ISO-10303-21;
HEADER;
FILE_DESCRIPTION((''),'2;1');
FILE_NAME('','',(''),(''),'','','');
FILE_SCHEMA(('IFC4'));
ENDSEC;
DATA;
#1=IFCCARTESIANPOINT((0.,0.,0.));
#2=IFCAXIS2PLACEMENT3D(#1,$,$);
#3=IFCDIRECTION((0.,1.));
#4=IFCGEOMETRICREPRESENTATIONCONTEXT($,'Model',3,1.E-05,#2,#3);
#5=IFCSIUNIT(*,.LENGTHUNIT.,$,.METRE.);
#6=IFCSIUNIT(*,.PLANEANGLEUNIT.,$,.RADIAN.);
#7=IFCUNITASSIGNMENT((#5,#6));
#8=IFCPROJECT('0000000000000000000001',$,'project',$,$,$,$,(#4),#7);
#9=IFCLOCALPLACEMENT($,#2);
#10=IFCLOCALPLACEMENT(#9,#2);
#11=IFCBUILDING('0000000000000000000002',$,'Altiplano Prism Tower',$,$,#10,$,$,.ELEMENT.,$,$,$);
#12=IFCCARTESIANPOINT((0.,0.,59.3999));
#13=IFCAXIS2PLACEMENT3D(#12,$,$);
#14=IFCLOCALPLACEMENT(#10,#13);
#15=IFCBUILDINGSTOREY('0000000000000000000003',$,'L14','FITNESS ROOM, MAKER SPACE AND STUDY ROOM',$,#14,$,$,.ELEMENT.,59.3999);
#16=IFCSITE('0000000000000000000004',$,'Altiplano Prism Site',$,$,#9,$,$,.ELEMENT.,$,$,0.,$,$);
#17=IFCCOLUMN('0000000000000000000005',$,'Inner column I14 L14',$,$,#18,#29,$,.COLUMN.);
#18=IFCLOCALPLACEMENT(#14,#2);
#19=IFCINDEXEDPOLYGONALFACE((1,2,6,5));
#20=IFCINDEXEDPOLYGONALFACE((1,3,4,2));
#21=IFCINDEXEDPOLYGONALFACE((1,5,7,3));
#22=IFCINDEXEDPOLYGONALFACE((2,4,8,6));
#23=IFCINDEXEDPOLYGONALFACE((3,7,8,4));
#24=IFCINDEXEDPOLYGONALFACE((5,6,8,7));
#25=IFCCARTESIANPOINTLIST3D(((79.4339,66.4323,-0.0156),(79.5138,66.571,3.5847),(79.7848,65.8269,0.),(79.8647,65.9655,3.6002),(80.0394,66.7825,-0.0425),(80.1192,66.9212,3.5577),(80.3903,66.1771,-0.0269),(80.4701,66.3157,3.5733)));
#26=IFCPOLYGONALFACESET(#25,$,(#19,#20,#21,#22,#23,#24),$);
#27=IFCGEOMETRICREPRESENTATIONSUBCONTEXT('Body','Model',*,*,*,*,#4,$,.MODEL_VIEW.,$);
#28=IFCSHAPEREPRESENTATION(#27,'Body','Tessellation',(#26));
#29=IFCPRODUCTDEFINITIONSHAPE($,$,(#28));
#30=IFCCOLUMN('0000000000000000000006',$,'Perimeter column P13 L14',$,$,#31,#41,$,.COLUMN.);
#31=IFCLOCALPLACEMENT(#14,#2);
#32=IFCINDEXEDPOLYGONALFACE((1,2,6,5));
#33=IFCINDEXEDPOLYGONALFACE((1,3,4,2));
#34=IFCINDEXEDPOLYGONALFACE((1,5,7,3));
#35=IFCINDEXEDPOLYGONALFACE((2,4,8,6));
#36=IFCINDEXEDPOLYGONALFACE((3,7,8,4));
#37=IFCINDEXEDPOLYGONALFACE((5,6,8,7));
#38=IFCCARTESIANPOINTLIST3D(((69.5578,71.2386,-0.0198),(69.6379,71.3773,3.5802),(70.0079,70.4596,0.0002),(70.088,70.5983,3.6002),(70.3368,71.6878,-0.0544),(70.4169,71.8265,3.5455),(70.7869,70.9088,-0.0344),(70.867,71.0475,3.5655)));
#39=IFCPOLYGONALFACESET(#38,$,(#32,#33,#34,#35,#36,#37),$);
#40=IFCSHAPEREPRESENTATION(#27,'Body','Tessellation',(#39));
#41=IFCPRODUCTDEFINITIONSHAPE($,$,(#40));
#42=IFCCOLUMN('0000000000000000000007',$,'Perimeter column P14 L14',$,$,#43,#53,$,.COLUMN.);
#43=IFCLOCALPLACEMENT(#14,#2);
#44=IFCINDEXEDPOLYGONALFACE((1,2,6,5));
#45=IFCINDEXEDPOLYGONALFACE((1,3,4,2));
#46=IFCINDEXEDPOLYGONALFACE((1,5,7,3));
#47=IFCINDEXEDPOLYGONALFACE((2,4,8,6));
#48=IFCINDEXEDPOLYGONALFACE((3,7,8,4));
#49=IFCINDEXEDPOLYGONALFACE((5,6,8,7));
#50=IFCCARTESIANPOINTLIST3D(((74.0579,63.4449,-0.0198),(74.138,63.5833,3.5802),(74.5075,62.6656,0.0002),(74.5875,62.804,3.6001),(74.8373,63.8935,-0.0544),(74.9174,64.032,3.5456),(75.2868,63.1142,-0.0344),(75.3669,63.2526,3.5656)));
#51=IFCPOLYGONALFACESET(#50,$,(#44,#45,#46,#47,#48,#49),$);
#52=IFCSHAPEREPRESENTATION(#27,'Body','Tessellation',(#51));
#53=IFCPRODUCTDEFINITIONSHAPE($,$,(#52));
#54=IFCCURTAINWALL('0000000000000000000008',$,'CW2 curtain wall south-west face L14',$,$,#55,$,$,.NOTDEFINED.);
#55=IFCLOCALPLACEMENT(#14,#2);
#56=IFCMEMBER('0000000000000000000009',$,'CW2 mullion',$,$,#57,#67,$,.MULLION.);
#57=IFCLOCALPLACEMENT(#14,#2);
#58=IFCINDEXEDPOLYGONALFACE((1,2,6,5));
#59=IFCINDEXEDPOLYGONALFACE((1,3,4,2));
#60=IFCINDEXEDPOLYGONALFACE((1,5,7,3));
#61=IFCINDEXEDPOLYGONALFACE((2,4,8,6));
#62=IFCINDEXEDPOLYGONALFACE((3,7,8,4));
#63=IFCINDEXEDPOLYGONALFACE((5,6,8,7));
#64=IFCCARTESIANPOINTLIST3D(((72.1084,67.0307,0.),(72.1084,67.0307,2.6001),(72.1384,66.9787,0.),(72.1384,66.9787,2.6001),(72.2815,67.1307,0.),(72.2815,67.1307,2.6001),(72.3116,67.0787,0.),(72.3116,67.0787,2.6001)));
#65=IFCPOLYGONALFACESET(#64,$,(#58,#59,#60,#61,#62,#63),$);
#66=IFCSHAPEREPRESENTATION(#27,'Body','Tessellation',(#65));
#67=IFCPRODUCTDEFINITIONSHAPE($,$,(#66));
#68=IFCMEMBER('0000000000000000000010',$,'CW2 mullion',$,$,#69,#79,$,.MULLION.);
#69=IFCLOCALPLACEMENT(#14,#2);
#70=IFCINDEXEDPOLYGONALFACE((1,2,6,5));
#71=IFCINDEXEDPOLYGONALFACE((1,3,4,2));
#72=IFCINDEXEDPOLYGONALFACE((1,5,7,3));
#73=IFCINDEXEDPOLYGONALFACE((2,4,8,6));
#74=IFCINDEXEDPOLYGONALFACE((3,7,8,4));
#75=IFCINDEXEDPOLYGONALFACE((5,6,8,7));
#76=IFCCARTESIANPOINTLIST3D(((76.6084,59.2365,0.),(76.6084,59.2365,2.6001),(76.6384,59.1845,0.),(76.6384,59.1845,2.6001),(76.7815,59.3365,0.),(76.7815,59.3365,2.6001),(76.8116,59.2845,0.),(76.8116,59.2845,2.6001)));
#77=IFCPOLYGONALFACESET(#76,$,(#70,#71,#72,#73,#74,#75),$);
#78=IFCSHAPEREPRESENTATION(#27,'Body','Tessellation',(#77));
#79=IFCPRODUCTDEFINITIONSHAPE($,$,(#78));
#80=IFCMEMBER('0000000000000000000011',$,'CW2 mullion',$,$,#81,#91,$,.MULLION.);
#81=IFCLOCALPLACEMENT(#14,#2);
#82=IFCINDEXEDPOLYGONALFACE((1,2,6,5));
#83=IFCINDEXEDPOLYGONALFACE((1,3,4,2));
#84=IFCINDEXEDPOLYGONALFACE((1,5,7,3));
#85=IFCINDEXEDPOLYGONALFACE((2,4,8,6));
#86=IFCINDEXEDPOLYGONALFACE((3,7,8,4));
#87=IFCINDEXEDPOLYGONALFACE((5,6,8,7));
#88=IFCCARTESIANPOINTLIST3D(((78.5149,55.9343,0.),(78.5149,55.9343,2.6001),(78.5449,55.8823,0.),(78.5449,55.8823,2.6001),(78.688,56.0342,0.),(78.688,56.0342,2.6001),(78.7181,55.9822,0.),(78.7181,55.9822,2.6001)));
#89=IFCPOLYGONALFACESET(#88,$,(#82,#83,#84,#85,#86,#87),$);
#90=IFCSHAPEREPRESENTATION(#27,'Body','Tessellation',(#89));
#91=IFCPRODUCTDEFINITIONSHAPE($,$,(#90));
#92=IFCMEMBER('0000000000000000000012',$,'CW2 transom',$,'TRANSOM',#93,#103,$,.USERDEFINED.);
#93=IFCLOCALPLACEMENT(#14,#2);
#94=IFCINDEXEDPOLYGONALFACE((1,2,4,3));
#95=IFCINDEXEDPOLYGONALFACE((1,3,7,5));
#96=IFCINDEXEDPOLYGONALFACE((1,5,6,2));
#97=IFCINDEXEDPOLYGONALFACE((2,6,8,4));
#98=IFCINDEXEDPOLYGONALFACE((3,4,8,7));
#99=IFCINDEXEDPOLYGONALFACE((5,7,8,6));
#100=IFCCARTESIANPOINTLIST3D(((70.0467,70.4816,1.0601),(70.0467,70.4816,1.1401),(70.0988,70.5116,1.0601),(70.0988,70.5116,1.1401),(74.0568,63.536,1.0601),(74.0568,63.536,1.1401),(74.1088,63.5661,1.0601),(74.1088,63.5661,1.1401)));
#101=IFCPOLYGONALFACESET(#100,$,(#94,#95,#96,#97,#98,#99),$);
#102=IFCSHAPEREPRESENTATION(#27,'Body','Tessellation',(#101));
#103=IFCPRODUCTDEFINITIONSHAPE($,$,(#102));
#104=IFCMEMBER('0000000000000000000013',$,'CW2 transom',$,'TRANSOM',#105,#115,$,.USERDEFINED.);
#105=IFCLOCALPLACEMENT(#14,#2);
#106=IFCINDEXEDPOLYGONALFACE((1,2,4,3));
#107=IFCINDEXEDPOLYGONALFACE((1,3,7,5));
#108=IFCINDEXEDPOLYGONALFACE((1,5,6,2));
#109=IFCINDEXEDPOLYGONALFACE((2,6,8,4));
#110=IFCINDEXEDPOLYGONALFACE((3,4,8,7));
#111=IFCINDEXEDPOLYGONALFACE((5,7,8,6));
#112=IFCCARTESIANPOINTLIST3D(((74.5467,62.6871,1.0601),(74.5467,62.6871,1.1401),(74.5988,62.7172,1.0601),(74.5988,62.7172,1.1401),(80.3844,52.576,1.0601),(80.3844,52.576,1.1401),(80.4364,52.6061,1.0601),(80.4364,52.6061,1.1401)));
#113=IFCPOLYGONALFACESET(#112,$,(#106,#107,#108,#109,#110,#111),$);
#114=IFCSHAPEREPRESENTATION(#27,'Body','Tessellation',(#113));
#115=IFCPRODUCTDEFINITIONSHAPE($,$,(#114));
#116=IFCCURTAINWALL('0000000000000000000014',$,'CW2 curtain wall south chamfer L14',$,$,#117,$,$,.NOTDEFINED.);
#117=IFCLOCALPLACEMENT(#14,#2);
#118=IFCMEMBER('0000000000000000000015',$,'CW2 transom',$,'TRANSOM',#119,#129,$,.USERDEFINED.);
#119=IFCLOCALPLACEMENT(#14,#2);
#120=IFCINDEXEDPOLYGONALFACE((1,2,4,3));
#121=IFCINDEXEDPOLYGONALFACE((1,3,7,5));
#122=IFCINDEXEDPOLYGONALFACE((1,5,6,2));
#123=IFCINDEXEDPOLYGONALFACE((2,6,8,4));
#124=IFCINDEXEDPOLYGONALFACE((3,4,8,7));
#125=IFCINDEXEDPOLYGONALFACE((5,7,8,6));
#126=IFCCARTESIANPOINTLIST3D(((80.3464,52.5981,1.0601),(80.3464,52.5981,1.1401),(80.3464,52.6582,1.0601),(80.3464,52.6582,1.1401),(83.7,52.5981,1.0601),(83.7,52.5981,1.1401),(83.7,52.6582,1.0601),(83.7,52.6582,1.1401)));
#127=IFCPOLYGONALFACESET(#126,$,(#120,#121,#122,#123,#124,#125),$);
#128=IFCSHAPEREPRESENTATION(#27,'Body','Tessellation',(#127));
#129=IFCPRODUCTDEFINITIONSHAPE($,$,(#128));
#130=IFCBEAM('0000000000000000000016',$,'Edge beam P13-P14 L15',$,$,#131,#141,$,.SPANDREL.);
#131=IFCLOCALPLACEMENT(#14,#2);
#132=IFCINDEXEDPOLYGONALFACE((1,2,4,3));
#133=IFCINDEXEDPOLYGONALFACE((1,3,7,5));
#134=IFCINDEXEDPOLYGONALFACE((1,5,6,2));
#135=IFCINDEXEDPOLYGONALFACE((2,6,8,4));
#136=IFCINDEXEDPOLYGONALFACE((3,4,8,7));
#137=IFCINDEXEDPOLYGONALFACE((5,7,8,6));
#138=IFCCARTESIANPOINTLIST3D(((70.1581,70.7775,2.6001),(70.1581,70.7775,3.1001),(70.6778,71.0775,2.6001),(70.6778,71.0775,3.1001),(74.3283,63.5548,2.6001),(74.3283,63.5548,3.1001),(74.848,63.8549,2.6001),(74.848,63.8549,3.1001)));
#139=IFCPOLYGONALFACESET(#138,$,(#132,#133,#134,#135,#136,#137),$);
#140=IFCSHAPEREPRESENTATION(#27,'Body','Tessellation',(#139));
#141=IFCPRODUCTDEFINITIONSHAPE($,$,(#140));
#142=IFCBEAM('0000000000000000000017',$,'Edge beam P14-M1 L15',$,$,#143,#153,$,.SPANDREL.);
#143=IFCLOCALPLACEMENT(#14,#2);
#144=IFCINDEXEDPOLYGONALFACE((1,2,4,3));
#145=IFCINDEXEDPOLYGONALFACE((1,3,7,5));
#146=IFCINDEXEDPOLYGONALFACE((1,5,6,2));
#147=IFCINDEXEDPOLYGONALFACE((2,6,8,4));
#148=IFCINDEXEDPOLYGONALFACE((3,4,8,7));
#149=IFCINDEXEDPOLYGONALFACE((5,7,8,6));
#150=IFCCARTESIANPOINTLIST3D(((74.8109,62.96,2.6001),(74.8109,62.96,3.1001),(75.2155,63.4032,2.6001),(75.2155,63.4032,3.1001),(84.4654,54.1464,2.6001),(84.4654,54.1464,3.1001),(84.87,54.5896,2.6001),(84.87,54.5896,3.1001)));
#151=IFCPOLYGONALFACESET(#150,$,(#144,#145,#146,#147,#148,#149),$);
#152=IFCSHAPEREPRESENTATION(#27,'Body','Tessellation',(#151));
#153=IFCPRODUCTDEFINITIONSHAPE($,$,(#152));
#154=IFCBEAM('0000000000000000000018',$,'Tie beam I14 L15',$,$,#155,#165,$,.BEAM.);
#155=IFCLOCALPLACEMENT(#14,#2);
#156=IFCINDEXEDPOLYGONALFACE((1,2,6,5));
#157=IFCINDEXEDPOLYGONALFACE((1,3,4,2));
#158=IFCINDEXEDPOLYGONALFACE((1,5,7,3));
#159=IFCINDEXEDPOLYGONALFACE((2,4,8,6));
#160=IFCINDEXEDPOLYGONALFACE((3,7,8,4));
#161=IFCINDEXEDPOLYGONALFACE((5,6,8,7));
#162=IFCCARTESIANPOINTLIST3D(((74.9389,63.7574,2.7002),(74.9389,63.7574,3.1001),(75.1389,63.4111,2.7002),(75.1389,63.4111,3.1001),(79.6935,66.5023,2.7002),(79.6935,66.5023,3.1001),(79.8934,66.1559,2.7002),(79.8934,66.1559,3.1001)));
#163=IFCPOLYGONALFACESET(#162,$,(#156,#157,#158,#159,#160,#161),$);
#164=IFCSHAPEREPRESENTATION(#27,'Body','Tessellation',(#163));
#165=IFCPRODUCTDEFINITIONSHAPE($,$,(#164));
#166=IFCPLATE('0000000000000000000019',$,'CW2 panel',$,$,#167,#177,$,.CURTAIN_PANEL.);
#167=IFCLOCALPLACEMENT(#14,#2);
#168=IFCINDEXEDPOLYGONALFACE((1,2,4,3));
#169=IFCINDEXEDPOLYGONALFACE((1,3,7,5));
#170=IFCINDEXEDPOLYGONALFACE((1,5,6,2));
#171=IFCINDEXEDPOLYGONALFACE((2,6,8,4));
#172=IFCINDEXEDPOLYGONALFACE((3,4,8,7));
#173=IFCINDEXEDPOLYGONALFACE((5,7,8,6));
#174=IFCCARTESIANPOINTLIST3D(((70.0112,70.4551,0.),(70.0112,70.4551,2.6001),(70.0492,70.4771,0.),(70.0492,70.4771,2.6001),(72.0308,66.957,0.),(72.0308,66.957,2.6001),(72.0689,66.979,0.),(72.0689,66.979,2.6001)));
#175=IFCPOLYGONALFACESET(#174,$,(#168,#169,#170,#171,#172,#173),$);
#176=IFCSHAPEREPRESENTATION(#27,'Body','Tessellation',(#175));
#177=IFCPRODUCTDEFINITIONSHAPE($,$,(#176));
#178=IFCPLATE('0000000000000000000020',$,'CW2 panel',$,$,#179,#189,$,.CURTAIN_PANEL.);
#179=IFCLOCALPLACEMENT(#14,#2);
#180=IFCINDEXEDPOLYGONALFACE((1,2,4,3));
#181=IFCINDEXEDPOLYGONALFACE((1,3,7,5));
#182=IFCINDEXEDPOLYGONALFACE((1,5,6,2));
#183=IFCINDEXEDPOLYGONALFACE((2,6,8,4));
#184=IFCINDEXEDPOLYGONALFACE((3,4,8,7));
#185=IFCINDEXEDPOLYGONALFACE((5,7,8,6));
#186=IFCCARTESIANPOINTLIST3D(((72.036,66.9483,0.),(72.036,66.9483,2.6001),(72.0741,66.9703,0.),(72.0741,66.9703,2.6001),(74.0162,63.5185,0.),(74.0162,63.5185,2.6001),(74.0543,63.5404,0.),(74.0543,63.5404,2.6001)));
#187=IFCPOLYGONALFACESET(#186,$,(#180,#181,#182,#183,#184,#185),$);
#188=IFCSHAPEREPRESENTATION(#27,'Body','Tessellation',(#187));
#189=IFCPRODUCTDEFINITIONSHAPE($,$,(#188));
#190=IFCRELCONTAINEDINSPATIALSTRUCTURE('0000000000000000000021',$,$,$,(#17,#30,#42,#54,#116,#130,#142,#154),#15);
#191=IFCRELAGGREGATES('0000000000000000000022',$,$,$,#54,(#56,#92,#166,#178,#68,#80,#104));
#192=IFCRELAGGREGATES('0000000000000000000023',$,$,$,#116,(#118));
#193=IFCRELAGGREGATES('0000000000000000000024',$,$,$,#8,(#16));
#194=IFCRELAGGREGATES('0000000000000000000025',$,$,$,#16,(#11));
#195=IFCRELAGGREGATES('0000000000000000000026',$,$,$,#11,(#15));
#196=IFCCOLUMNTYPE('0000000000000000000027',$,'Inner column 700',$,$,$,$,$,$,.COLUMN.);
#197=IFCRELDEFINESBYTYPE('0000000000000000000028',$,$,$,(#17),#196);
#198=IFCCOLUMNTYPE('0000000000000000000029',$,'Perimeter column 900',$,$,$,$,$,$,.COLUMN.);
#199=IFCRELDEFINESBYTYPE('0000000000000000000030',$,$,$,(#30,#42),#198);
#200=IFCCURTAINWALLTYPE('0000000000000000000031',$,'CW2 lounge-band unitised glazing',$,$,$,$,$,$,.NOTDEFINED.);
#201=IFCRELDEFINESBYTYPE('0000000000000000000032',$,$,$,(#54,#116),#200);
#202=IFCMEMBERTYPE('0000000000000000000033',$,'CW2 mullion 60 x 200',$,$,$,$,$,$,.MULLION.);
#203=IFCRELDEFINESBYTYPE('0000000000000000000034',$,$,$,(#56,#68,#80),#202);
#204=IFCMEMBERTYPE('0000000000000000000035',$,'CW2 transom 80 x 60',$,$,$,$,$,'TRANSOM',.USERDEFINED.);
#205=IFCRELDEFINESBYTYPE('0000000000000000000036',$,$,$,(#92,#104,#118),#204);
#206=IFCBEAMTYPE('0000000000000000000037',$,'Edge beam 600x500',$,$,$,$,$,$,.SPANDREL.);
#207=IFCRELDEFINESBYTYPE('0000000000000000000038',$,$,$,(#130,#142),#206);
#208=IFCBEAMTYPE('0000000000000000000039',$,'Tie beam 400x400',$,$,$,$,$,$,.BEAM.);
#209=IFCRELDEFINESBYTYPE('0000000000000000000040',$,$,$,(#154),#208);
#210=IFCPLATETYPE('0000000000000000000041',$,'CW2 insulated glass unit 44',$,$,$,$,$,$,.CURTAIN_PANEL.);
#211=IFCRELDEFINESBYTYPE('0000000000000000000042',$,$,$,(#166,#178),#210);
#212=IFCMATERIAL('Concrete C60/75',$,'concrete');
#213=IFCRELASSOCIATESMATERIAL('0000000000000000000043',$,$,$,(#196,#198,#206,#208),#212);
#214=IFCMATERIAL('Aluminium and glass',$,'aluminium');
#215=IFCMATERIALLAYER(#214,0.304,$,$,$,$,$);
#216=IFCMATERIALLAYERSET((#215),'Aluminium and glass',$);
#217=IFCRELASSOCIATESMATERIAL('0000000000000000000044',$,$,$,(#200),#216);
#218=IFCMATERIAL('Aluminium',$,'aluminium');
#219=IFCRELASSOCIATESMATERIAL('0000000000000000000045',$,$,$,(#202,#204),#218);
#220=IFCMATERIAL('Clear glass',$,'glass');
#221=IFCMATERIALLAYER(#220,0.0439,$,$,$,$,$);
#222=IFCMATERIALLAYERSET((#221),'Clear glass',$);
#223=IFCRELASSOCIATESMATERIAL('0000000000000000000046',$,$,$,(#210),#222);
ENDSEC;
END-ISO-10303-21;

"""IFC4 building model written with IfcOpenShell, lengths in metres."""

from ifc_helpers import new_model, si_unit, direction, frame, origin, origin_2d, place, context, subcontext, project, spatial, rectangle, extrude, material, layer, layer_set, material_profile, profile_set, type_object, element, aggregate, save


model = new_model("IFC4")

# Units and contexts
model_context = context("Model", 3, precision=1e-05, world=origin(), true_north=direction((0.0, 1.0)))
body_context = subcontext(model_context, "Body", "Model", "MODEL_VIEW")
ifc_project = project(units=[si_unit("LENGTHUNIT", "METRE"), si_unit("PLANEANGLEUNIT", "RADIAN")], contexts=[model_context])

# Site, building, storey
site_placement = place(None, origin())
site = spatial("IfcSite", under=ifc_project, at=site_placement, Name="Altiplano Prism Site", CompositionType="ELEMENT", RefElevation=0.0)
building_placement = place(site_placement, origin())
building = spatial("IfcBuilding", under=site, at=building_placement, Name="Altiplano Prism Tower", CompositionType="ELEMENT")
storey_placement = place(building_placement, frame((0.0, 0.0, 59.3999)))
storey = spatial("IfcBuildingStorey", under=building, at=storey_placement, Name="L14", Description="FITNESS ROOM, MAKER SPACE AND STUDY ROOM", CompositionType="ELEMENT", Elevation=59.3999)

# Columns
ifc_material_1 = material(Name="Concrete C60/75", Category="concrete")
ifc_material_profile_1 = material_profile(ifc_material_1, rectangle(XDim=0.7, YDim=0.7, at=origin_2d()), Name="Inner column 700")
ifc_profile_set_1 = profile_set([ifc_material_profile_1], Name="Concrete C60/75")
column_type_1 = type_object("IfcColumnType", Name="Inner column 700", PredefinedType="COLUMN", material=ifc_profile_set_1)
column_placement = place(storey_placement, frame((79.9121, 66.3047, -0.0212), z_axis=(0.022154, 0.038481, 0.999014), x_axis=(-0.864978, -0.500334, 0.038454)))
element("IfcColumn", 1, at=column_placement, inside=storey, type_object=column_type_1, Name="Inner column I14 L14", PredefinedType="COLUMN", context=body_context, shape_type="SweptSolid", body=[
    extrude(rectangle(XDim=0.7, YDim=0.7, at=origin_2d()), origin(), (0.0, 0.0, 1.0), 3.6038),
])
ifc_material_profile_2 = material_profile(ifc_material_1, rectangle(XDim=0.8999, YDim=0.8999, at=origin_2d()), Name="Perimeter column 900")
ifc_profile_set_2 = profile_set([ifc_material_profile_2], Name="Concrete C60/75")
column_type_2 = type_object("IfcColumnType", Name="Perimeter column 900", PredefinedType="COLUMN", material=ifc_profile_set_2)
for number, where, z_axis, x_axis, name in (
    (2, (70.1724, 71.0737, -0.0271), (0.022223, 0.038483, 0.999012), (-0.865639, -0.499187, 0.038485), "Perimeter column P13 L14"),
    (3, (74.6724, 63.2795, -0.0271), (0.022223, 0.038416, 0.999015), (-0.86602, -0.49853, 0.038435), "Perimeter column P14 L14"),
):
    element("IfcColumn", number, at=place(storey_placement, frame(where, z_axis=z_axis, x_axis=x_axis)), inside=storey, type_object=column_type_2, Name=name, PredefinedType="COLUMN", context=body_context, shape_type="SweptSolid", body=[
        extrude(rectangle(XDim=0.8999, YDim=0.8999, at=origin_2d()), origin(), (0.0, 0.0, 1.0), 3.6035),
    ])

# Curtain wall, members
ifc_material_2 = material(Name="Aluminium and glass", Category="aluminium")
ifc_layer_1 = layer(ifc_material_2, 0.304)
ifc_layer_set_1 = layer_set([ifc_layer_1], Name="Aluminium and glass")
curtain_wall_type = type_object("IfcCurtainWallType", Name="CW2 lounge-band unitised glazing", PredefinedType="NOTDEFINED", material=ifc_layer_set_1)
curtain_wall_1_placement = place(storey_placement, origin())
curtain_wall_1 = element("IfcCurtainWall", 4, at=curtain_wall_1_placement, inside=storey, type_object=curtain_wall_type, Name="CW2 curtain wall south-west face L14", PredefinedType="NOTDEFINED")
ifc_material_3 = material(Name="Aluminium", Category="aluminium")
ifc_material_profile_3 = material_profile(ifc_material_3, rectangle(XDim=0.2, YDim=0.0601, at=origin_2d()), Name="CW2 mullion 60 x 200")
ifc_profile_set_3 = profile_set([ifc_material_profile_3], Name="Aluminium")
member_type_1 = type_object("IfcMemberType", Name="CW2 mullion 60 x 200", PredefinedType="MULLION", material=ifc_profile_set_3)
member_1_placement = place(storey_placement, frame((72.21, 67.0547, 0.0), z_axis=(0.0, 0.0, 1.0), x_axis=(0.866025, 0.5, 0.0)))
member_1 = element("IfcMember", 5, at=member_1_placement, type_object=member_type_1, Name="CW2 mullion", PredefinedType="MULLION", context=body_context, shape_type="SweptSolid", body=[
    extrude(rectangle(XDim=0.2, YDim=0.0601, at=origin_2d()), origin(), (0.0, 0.0, 1.0), 2.6001),
])
member_2_placement = place(storey_placement, frame((76.71, 59.2605, 0.0), z_axis=(0.0, 0.0, 1.0), x_axis=(0.866025, 0.5, 0.0)))
member_2 = element("IfcMember", 6, at=member_2_placement, type_object=member_type_1, Name="CW2 mullion", PredefinedType="MULLION", context=body_context, shape_type="SweptSolid", body=[
    extrude(rectangle(XDim=0.2, YDim=0.0601, at=origin_2d()), origin(), (0.0, 0.0, 1.0), 2.6001),
])
member_3_placement = place(storey_placement, frame((78.6165, 55.9583, 0.0), z_axis=(0.0, 0.0, 1.0), x_axis=(0.866025, 0.5, 0.0)))
member_3 = element("IfcMember", 7, at=member_3_placement, type_object=member_type_1, Name="CW2 mullion", PredefinedType="MULLION", context=body_context, shape_type="SweptSolid", body=[
    extrude(rectangle(XDim=0.2, YDim=0.0601, at=origin_2d()), origin(), (0.0, 0.0, 1.0), 2.6001),
])
ifc_material_profile_4 = material_profile(ifc_material_3, rectangle(XDim=0.0601, YDim=0.0801, at=origin_2d()), Name="CW2 transom 80 x 60")
ifc_profile_set_4 = profile_set([ifc_material_profile_4], Name="Aluminium")
member_type_2 = type_object("IfcMemberType", Name="CW2 transom 80 x 60", ElementType="TRANSOM", PredefinedType="USERDEFINED", material=ifc_profile_set_4)
member_4_placement = place(storey_placement, frame((70.0728, 70.4966, 1.1001), z_axis=(0.499999, -0.866026, 0.0), x_axis=(0.866026, 0.499999, 0.0)))
member_4 = element("IfcMember", 8, at=member_4_placement, type_object=member_type_2, Name="CW2 transom", ObjectType="TRANSOM", PredefinedType="USERDEFINED", context=body_context, shape_type="SweptSolid", body=[
    extrude(rectangle(XDim=0.0601, YDim=0.0801, at=origin_2d()), origin(), (0.0, 0.0, 1.0), 8.02),
])
member_5_placement = place(storey_placement, frame((74.5728, 62.7021, 1.1001), z_axis=(0.500001, -0.866025, 0.0), x_axis=(0.866025, 0.500001, 0.0)))
member_5 = element("IfcMember", 9, at=member_5_placement, type_object=member_type_2, Name="CW2 transom", ObjectType="TRANSOM", PredefinedType="USERDEFINED", context=body_context, shape_type="SweptSolid", body=[
    extrude(rectangle(XDim=0.0601, YDim=0.0801, at=origin_2d()), origin(), (0.0, 0.0, 1.0), 11.6753),
])

# Curtain wall, member
curtain_wall_2_placement = place(storey_placement, origin())
curtain_wall_2 = element("IfcCurtainWall", 10, at=curtain_wall_2_placement, inside=storey, type_object=curtain_wall_type, Name="CW2 curtain wall south chamfer L14", PredefinedType="NOTDEFINED")
member_6_placement = place(storey_placement, frame((80.3464, 52.6282, 1.1001), z_axis=(1.0, 0.0, 0.0), x_axis=(0.0, 1.0, 0.0)))
member_6 = element("IfcMember", 11, at=member_6_placement, type_object=member_type_2, Name="CW2 transom", ObjectType="TRANSOM", PredefinedType="USERDEFINED", context=body_context, shape_type="SweptSolid", body=[
    extrude(rectangle(XDim=0.0601, YDim=0.0801, at=origin_2d()), origin(), (0.0, 0.0, 1.0), 3.3535),
])

# Beams
ifc_material_profile_5 = material_profile(ifc_material_1, rectangle(XDim=0.6001, YDim=0.5, at=origin_2d()), Name="Edge beam 600x500")
ifc_profile_set_5 = profile_set([ifc_material_profile_5], Name="Concrete C60/75")
beam_type_1 = type_object("IfcBeamType", Name="Edge beam 600x500", PredefinedType="SPANDREL", material=ifc_profile_set_5)
beam_1_placement = place(storey_placement, frame((70.418, 70.9275, 2.8501), z_axis=(0.500015, -0.866017, 0.0), x_axis=(0.866017, 0.500015, 0.0)))
element("IfcBeam", 12, at=beam_1_placement, inside=storey, type_object=beam_type_1, Name="Edge beam P13-P14 L15", PredefinedType="SPANDREL", context=body_context, shape_type="SweptSolid", body=[
    extrude(rectangle(XDim=0.6001, YDim=0.5, at=origin_2d()), origin(), (0.0, 0.0, 1.0), 8.3401),
])
beam_2_placement = place(storey_placement, frame((75.0132, 63.1816, 2.8501), z_axis=(0.738535, -0.674215, 0.0), x_axis=(0.674215, 0.738535, 0.0)))
element("IfcBeam", 13, at=beam_2_placement, inside=storey, type_object=beam_type_1, Name="Edge beam P14-M1 L15", PredefinedType="SPANDREL", context=body_context, shape_type="SweptSolid", body=[
    extrude(rectangle(XDim=0.6001, YDim=0.5, at=origin_2d()), origin(), (0.0, 0.0, 1.0), 13.0725),
])
ifc_material_profile_6 = material_profile(ifc_material_1, rectangle(XDim=0.3999, YDim=0.3999, at=origin_2d()), Name="Tie beam 400x400")
ifc_profile_set_6 = profile_set([ifc_material_profile_6], Name="Concrete C60/75")
beam_type_2 = type_object("IfcBeamType", Name="Tie beam 400x400", PredefinedType="BEAM", material=ifc_profile_set_6)
beam_3_placement = place(storey_placement, frame((79.7935, 66.3291, 2.9001), z_axis=(-0.866043, -0.49997, 0.0), x_axis=(0.49997, -0.866043, 0.0)))
element("IfcBeam", 14, at=beam_3_placement, inside=storey, type_object=beam_type_2, Name="Tie beam I14 L15", PredefinedType="BEAM", context=body_context, shape_type="SweptSolid", body=[
    extrude(rectangle(XDim=0.3999, YDim=0.3999, at=origin_2d()), origin(), (0.0, 0.0, 1.0), 5.49),
])

# Plates
ifc_material_4 = material(Name="Clear glass", Category="glass")
ifc_layer_2 = layer(ifc_material_4, 0.0439)
ifc_layer_set_2 = layer_set([ifc_layer_2], Name="Clear glass")
plate_type = type_object("IfcPlateType", Name="CW2 insulated glass unit 44", PredefinedType="CURTAIN_PANEL", material=ifc_layer_set_2)
plate_1_placement = place(storey_placement, frame((71.04, 68.717, 0.0), z_axis=(0.0, 0.0, 1.0), x_axis=(0.5, -0.866025, 0.0)))
plate_1 = element("IfcPlate", 15, at=plate_1_placement, type_object=plate_type, Name="CW2 panel", PredefinedType="CURTAIN_PANEL", context=body_context, shape_type="SweptSolid", body=[
    extrude(rectangle(XDim=4.0393, YDim=0.0439, at=origin_2d()), origin(), (0.0, 0.0, 1.0), 2.6001),
])
plate_2_placement = place(storey_placement, frame((73.0452, 65.2444, 0.0), z_axis=(0.0, 0.0, 1.0), x_axis=(0.5, -0.866025, 0.0)))
plate_2 = element("IfcPlate", 16, at=plate_2_placement, type_object=plate_type, Name="CW2 panel", PredefinedType="CURTAIN_PANEL", context=body_context, shape_type="SweptSolid", body=[
    extrude(rectangle(XDim=3.9604, YDim=0.0439, at=origin_2d()), origin(), (0.0, 0.0, 1.0), 2.6001),
])
aggregate(curtain_wall_1, [member_1, member_4, plate_1, plate_2, member_2, member_3, member_5])
aggregate(curtain_wall_2, [member_6])

save(model, "model.ifc")
